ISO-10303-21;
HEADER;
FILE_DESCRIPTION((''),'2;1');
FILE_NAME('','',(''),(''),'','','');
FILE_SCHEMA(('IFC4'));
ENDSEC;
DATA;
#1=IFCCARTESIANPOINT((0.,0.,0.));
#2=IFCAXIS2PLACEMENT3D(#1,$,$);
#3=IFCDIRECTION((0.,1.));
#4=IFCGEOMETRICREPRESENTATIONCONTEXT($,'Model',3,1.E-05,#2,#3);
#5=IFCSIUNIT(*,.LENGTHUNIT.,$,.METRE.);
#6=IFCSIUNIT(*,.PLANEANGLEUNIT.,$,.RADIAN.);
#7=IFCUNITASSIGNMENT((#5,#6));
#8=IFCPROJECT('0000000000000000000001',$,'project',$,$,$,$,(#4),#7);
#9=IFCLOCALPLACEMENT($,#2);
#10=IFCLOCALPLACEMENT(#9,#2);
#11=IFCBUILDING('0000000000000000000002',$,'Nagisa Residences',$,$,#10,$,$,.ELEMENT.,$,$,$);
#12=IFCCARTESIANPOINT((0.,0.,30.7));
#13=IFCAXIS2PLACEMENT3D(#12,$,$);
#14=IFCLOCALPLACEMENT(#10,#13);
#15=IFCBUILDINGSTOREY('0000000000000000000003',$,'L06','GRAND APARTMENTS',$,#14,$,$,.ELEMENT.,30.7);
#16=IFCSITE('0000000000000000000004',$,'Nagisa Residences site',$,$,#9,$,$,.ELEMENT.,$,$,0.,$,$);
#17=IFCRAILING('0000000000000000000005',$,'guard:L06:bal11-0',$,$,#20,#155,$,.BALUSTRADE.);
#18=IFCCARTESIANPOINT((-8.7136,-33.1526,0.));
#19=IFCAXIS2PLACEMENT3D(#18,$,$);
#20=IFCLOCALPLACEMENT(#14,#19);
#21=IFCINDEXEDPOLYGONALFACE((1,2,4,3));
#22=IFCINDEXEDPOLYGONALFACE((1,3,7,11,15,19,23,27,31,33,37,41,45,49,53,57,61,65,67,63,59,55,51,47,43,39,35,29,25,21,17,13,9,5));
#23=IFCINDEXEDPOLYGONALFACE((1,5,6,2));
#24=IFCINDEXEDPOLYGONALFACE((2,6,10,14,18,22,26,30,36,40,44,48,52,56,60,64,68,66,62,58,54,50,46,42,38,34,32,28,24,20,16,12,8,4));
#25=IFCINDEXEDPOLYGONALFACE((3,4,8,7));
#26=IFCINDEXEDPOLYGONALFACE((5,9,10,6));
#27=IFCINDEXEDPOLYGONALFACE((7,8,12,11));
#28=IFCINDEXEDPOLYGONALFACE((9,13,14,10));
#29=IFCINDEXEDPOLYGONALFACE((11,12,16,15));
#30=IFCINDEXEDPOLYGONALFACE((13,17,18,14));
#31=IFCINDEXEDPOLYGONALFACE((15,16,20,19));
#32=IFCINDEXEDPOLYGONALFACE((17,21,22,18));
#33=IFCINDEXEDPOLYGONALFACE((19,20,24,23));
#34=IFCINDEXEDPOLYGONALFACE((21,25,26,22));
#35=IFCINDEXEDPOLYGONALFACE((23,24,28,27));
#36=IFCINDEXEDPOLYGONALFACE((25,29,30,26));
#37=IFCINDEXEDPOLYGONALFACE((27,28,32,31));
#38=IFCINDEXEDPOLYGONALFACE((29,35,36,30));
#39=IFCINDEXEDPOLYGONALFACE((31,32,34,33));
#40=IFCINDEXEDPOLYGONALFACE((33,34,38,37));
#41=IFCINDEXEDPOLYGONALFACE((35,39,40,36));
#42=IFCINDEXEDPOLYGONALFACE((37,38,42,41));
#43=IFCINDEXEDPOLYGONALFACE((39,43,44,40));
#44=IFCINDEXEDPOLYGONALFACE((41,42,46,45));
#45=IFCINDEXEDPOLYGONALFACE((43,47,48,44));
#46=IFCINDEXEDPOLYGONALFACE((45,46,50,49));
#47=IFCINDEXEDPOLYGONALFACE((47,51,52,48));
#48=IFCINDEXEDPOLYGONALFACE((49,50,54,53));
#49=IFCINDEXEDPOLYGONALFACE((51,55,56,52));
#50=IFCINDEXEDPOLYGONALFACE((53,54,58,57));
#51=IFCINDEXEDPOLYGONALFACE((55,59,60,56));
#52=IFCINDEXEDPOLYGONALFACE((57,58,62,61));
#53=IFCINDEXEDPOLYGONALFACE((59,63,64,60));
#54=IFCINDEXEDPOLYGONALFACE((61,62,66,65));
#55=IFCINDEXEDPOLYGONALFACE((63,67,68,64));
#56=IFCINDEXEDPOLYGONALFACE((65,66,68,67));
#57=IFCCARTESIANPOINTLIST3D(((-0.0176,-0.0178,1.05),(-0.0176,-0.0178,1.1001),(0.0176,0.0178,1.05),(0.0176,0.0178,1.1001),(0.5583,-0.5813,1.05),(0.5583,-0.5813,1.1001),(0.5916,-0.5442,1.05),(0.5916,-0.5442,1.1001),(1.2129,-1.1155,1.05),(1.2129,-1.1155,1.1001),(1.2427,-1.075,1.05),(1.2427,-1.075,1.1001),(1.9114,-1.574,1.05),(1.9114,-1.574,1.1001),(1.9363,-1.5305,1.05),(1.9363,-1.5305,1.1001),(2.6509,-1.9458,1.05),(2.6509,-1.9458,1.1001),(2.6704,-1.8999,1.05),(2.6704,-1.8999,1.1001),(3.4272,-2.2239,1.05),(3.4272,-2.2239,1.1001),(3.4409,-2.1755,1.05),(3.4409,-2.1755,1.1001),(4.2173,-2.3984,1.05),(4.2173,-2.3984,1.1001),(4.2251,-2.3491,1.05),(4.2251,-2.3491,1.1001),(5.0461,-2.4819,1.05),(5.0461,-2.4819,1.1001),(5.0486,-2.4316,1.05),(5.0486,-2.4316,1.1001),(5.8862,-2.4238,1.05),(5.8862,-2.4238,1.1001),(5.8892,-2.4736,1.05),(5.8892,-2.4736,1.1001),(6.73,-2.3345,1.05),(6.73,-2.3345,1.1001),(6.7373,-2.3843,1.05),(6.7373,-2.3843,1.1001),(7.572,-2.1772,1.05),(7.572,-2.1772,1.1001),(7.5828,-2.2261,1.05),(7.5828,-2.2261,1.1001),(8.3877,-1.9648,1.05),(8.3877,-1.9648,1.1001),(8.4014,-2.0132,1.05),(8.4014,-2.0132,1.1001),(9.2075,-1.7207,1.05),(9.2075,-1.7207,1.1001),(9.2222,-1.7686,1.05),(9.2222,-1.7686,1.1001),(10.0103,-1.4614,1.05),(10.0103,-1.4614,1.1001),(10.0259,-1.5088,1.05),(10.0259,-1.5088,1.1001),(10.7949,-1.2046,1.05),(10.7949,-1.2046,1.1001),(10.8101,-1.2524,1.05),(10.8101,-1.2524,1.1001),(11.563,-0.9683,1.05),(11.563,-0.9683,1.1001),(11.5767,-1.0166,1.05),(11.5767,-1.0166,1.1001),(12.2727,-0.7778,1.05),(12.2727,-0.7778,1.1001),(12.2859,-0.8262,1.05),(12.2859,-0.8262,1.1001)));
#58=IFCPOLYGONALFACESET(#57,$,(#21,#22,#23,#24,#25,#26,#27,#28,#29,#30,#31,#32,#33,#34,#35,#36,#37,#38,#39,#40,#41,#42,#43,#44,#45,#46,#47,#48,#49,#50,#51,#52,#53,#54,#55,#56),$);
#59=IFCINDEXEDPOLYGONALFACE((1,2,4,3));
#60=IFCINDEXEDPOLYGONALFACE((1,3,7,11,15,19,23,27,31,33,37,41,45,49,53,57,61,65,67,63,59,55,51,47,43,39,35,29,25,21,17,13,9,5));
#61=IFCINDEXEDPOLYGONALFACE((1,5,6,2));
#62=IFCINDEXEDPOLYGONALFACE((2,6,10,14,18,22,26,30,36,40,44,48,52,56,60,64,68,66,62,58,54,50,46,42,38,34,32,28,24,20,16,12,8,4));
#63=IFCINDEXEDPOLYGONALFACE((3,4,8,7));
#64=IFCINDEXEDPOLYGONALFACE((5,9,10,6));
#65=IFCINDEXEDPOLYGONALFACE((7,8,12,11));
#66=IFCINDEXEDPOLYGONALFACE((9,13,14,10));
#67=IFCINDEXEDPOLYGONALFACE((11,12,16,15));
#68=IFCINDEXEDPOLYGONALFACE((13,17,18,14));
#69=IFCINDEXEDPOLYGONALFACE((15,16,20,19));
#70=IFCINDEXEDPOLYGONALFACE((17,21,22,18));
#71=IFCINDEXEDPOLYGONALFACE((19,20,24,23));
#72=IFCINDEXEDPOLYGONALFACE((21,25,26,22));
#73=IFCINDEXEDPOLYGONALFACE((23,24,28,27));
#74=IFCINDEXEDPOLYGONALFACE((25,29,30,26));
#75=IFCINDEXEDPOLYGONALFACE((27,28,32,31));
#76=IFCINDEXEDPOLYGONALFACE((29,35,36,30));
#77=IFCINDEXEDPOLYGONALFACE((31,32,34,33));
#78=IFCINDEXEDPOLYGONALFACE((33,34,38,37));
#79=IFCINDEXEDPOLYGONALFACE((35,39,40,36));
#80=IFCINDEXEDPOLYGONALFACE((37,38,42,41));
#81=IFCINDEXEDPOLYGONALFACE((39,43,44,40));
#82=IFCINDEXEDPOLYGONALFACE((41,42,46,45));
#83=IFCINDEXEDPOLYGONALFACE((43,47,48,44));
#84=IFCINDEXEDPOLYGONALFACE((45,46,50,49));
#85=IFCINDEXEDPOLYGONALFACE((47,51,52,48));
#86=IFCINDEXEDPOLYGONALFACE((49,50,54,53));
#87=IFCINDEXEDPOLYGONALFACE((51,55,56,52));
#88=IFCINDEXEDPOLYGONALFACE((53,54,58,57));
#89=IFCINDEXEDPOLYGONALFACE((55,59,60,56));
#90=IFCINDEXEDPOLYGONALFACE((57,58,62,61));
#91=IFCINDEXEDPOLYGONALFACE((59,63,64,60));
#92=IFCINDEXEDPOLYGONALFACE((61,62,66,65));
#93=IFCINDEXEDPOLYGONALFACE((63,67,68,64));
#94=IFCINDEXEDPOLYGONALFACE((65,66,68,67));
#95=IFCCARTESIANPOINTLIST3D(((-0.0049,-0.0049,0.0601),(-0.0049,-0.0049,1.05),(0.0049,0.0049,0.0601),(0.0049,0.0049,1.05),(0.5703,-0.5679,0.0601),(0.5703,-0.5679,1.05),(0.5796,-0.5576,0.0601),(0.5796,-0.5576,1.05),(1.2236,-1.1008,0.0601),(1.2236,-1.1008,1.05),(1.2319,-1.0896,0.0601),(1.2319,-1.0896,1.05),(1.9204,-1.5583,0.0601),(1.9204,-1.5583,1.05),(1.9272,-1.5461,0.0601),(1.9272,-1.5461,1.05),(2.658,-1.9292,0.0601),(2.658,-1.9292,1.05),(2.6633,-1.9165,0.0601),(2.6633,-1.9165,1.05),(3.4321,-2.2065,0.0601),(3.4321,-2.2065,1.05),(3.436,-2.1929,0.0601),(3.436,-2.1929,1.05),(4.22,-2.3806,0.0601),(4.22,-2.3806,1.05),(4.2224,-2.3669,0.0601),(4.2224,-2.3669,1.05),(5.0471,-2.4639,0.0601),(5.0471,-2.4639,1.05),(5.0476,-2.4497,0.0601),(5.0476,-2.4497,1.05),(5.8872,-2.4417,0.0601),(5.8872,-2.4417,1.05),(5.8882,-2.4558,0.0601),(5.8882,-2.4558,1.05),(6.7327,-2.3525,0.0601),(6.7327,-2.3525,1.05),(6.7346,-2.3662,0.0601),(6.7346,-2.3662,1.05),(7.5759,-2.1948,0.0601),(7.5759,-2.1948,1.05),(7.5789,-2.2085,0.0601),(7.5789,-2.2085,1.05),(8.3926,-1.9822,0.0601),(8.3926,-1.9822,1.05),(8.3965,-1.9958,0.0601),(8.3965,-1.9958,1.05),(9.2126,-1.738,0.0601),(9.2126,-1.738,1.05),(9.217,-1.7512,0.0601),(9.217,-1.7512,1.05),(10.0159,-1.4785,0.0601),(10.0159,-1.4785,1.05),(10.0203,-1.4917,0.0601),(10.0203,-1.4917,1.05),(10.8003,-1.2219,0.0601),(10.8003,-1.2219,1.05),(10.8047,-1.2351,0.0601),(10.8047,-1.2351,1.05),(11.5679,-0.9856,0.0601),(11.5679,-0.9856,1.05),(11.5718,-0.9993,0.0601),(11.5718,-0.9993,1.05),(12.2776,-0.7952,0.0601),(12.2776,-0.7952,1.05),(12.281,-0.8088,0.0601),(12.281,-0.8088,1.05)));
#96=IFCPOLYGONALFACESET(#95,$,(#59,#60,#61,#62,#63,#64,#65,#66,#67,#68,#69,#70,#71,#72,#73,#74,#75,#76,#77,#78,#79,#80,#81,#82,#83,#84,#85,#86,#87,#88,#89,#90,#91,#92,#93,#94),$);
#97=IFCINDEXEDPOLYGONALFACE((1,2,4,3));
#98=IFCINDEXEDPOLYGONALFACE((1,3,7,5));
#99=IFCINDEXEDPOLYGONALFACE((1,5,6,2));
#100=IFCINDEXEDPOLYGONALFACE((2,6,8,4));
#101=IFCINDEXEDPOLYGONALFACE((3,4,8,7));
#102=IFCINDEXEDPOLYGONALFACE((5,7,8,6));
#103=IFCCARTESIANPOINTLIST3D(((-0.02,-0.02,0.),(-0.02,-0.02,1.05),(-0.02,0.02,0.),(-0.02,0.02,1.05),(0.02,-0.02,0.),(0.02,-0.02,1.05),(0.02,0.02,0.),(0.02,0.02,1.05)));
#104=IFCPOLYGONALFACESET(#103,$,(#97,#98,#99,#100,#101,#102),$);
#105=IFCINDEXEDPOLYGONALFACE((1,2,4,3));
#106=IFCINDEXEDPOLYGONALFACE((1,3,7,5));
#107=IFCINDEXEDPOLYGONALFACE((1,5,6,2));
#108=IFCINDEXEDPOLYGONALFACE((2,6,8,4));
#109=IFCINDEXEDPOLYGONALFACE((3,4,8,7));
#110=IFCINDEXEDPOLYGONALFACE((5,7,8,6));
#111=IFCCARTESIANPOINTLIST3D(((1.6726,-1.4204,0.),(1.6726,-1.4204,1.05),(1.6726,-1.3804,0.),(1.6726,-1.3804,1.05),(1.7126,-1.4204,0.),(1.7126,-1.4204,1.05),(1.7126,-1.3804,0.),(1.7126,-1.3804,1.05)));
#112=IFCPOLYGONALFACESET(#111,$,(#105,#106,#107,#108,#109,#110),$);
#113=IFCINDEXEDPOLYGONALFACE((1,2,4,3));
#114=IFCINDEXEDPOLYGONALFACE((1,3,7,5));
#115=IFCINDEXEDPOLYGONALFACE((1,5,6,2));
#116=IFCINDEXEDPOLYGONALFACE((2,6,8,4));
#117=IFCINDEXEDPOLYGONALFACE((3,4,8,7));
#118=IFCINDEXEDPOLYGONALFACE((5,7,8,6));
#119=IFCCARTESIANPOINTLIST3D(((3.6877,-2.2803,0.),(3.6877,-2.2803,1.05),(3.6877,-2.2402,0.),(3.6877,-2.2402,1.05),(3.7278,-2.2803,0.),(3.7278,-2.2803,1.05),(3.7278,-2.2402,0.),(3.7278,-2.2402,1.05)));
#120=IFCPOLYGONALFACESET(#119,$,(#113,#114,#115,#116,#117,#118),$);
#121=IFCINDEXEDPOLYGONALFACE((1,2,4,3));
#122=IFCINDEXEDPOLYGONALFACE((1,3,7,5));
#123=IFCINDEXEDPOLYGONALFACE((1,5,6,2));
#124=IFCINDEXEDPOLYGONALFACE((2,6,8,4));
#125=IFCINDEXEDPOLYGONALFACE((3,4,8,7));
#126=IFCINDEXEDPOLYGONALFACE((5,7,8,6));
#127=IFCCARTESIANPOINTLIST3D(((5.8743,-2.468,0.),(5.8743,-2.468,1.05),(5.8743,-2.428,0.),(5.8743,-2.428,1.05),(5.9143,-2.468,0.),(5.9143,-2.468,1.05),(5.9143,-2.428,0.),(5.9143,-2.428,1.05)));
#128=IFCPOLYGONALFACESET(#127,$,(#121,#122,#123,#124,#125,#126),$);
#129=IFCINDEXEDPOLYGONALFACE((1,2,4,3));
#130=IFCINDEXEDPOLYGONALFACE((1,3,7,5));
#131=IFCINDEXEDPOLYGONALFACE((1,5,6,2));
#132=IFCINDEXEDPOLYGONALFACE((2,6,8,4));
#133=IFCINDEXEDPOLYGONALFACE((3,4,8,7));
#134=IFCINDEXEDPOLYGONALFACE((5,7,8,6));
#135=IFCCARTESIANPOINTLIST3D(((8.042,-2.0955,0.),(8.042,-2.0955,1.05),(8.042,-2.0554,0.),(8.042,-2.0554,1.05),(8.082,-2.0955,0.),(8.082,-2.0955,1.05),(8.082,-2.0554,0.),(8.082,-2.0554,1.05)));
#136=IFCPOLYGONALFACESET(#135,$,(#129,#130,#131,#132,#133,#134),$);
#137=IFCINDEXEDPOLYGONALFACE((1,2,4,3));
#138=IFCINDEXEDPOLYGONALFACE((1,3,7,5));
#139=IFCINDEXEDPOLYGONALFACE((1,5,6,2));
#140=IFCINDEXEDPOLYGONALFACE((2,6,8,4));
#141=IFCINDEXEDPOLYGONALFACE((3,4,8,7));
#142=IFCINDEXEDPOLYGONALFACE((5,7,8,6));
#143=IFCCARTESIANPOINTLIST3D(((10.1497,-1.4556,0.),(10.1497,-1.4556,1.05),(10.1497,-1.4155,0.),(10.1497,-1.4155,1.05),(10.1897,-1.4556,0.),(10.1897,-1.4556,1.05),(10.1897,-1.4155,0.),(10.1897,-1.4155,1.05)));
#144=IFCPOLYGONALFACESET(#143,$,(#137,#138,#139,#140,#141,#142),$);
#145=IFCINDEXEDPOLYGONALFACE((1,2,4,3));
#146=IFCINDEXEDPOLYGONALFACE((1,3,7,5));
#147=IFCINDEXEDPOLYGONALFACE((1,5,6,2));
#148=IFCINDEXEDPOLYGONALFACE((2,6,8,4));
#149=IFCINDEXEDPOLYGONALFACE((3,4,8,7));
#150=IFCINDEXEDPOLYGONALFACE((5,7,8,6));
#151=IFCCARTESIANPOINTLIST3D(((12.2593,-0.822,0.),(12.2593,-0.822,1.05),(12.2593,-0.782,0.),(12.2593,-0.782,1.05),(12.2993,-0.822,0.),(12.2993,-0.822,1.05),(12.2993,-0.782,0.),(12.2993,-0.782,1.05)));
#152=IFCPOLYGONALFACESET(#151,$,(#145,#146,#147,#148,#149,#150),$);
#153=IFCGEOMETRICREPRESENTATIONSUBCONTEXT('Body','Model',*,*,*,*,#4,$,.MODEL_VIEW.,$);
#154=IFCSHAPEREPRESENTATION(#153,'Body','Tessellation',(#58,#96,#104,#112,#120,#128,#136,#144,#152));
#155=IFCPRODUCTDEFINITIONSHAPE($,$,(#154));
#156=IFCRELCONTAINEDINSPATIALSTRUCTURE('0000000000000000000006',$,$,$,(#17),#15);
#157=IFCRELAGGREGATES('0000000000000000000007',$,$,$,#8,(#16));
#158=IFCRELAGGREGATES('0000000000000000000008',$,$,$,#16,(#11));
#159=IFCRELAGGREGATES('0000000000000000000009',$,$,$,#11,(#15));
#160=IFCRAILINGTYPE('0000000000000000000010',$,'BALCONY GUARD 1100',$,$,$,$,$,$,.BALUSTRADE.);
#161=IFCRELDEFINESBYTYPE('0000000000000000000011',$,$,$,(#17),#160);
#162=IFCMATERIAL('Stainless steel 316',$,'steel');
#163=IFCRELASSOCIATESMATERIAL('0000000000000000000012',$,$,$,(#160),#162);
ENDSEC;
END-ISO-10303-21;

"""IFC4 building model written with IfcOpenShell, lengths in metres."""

from ifc_helpers import new_model, si_unit, direction, frame, origin, origin_2d, place, context, subcontext, project, spatial, polyline, rectangle, outline, extrude, material, type_object, element, save


model = new_model("IFC4")

# Units and contexts
model_context = context("Model", 3, precision=1e-05, world=origin(), true_north=direction((0.0, 1.0)))
body_context = subcontext(model_context, "Body", "Model", "MODEL_VIEW")
ifc_project = project(units=[si_unit("LENGTHUNIT", "METRE"), si_unit("PLANEANGLEUNIT", "RADIAN")], contexts=[model_context])

# Site, building, storey
site_placement = place(None, origin())
site = spatial("IfcSite", under=ifc_project, at=site_placement, Name="Nagisa Residences site", CompositionType="ELEMENT", RefElevation=0.0)
building_placement = place(site_placement, origin())
building = spatial("IfcBuilding", under=site, at=building_placement, Name="Nagisa Residences", CompositionType="ELEMENT")
storey_placement = place(building_placement, frame((0.0, 0.0, 30.7)))
storey = spatial("IfcBuildingStorey", under=building, at=storey_placement, Name="L06", Description="GRAND APARTMENTS", CompositionType="ELEMENT", Elevation=30.7)

# Railing
ifc_material_1 = material(Name="Stainless steel 316", Category="steel")
railing_type = type_object("IfcRailingType", Name="BALCONY GUARD 1100", PredefinedType="BALUSTRADE", material=ifc_material_1)
railing_placement = place(storey_placement, frame((-8.7136, -33.1526, 0.0)))
element("IfcRailing", 1, at=railing_placement, inside=storey, type_object=railing_type, Name="guard:L06:bal11-0", PredefinedType="BALUSTRADE", context=body_context, shape_type="SweptSolid", body=[
    extrude(outline(polyline([(0.5916, -0.5442), (0.0176, 0.0178), (-0.0176, -0.0178), (0.5583, -0.5813), (1.2129, -1.1155), (1.9114, -1.574), (2.6509, -1.9458), (3.4272, -2.2239), (4.2173, -2.3984), (5.0461, -2.4819), (5.8892, -2.4736), (6.7373, -2.3843), (7.5828, -2.2261), (8.4014, -2.0132), (9.2222, -1.7686), (10.0259, -1.5088), (10.8101, -1.2524), (11.5767, -1.0166), (12.2859, -0.8262), (12.2727, -0.7778), (11.563, -0.9683), (10.7949, -1.2046), (10.0103, -1.4614), (9.2075, -1.7207), (8.3877, -1.9648), (7.572, -2.1772), (6.73, -2.3345), (5.8862, -2.4238), (5.0486, -2.4316), (4.2251, -2.3491), (3.4409, -2.1755), (2.6704, -1.8999), (1.9363, -1.5305), (1.2427, -1.075), (0.5916, -0.5442)])), frame((0.0, 0.0, 1.05)), (0.0, 0.0, 1.0), 0.05),
    extrude(outline(polyline([(0.5796, -0.5576), (0.0049, 0.0049), (-0.0049, -0.0049), (0.5703, -0.5679), (1.2236, -1.1008), (1.9204, -1.5583), (2.658, -1.9292), (3.4321, -2.2065), (4.22, -2.3806), (5.0471, -2.4639), (5.8882, -2.4558), (6.7346, -2.3662), (7.5789, -2.2085), (8.3965, -1.9958), (9.217, -1.7512), (10.0203, -1.4917), (10.8047, -1.2351), (11.5718, -0.9993), (12.281, -0.8088), (12.2776, -0.7952), (11.5679, -0.9856), (10.8003, -1.2219), (10.0159, -1.4785), (9.2126, -1.738), (8.3926, -1.9822), (7.5759, -2.1948), (6.7327, -2.3525), (5.8872, -2.4417), (5.0476, -2.4497), (4.2224, -2.3669), (3.436, -2.1929), (2.6633, -1.9165), (1.9272, -1.5461), (1.2319, -1.0896), (0.5796, -0.5576)])), frame((0.0, 0.0, 0.0601)), (0.0, 0.0, 1.0), 0.99),
    extrude(rectangle(XDim=0.04, YDim=0.04, at=origin_2d()), origin(), (0.0, 0.0, 1.0), 1.05),
    extrude(rectangle(XDim=0.04, YDim=0.04, at=origin_2d()), frame((1.6926, -1.4004, 0.0)), (0.0, 0.0, 1.0), 1.05),
    extrude(rectangle(XDim=0.04, YDim=0.04, at=origin_2d()), frame((3.7078, -2.2603, 0.0)), (0.0, 0.0, 1.0), 1.05),
    extrude(rectangle(XDim=0.04, YDim=0.04, at=origin_2d()), frame((5.8943, -2.448, 0.0)), (0.0, 0.0, 1.0), 1.05),
    extrude(rectangle(XDim=0.04, YDim=0.04, at=origin_2d()), frame((8.062, -2.0754, 0.0)), (0.0, 0.0, 1.0), 1.05),
    extrude(rectangle(XDim=0.04, YDim=0.04, at=origin_2d()), frame((10.1697, -1.4355, 0.0)), (0.0, 0.0, 1.0), 1.05),
    extrude(rectangle(XDim=0.04, YDim=0.04, at=origin_2d()), frame((12.2793, -0.802, 0.0)), (0.0, 0.0, 1.0), 1.05),
])

save(model, "model.ifc")
